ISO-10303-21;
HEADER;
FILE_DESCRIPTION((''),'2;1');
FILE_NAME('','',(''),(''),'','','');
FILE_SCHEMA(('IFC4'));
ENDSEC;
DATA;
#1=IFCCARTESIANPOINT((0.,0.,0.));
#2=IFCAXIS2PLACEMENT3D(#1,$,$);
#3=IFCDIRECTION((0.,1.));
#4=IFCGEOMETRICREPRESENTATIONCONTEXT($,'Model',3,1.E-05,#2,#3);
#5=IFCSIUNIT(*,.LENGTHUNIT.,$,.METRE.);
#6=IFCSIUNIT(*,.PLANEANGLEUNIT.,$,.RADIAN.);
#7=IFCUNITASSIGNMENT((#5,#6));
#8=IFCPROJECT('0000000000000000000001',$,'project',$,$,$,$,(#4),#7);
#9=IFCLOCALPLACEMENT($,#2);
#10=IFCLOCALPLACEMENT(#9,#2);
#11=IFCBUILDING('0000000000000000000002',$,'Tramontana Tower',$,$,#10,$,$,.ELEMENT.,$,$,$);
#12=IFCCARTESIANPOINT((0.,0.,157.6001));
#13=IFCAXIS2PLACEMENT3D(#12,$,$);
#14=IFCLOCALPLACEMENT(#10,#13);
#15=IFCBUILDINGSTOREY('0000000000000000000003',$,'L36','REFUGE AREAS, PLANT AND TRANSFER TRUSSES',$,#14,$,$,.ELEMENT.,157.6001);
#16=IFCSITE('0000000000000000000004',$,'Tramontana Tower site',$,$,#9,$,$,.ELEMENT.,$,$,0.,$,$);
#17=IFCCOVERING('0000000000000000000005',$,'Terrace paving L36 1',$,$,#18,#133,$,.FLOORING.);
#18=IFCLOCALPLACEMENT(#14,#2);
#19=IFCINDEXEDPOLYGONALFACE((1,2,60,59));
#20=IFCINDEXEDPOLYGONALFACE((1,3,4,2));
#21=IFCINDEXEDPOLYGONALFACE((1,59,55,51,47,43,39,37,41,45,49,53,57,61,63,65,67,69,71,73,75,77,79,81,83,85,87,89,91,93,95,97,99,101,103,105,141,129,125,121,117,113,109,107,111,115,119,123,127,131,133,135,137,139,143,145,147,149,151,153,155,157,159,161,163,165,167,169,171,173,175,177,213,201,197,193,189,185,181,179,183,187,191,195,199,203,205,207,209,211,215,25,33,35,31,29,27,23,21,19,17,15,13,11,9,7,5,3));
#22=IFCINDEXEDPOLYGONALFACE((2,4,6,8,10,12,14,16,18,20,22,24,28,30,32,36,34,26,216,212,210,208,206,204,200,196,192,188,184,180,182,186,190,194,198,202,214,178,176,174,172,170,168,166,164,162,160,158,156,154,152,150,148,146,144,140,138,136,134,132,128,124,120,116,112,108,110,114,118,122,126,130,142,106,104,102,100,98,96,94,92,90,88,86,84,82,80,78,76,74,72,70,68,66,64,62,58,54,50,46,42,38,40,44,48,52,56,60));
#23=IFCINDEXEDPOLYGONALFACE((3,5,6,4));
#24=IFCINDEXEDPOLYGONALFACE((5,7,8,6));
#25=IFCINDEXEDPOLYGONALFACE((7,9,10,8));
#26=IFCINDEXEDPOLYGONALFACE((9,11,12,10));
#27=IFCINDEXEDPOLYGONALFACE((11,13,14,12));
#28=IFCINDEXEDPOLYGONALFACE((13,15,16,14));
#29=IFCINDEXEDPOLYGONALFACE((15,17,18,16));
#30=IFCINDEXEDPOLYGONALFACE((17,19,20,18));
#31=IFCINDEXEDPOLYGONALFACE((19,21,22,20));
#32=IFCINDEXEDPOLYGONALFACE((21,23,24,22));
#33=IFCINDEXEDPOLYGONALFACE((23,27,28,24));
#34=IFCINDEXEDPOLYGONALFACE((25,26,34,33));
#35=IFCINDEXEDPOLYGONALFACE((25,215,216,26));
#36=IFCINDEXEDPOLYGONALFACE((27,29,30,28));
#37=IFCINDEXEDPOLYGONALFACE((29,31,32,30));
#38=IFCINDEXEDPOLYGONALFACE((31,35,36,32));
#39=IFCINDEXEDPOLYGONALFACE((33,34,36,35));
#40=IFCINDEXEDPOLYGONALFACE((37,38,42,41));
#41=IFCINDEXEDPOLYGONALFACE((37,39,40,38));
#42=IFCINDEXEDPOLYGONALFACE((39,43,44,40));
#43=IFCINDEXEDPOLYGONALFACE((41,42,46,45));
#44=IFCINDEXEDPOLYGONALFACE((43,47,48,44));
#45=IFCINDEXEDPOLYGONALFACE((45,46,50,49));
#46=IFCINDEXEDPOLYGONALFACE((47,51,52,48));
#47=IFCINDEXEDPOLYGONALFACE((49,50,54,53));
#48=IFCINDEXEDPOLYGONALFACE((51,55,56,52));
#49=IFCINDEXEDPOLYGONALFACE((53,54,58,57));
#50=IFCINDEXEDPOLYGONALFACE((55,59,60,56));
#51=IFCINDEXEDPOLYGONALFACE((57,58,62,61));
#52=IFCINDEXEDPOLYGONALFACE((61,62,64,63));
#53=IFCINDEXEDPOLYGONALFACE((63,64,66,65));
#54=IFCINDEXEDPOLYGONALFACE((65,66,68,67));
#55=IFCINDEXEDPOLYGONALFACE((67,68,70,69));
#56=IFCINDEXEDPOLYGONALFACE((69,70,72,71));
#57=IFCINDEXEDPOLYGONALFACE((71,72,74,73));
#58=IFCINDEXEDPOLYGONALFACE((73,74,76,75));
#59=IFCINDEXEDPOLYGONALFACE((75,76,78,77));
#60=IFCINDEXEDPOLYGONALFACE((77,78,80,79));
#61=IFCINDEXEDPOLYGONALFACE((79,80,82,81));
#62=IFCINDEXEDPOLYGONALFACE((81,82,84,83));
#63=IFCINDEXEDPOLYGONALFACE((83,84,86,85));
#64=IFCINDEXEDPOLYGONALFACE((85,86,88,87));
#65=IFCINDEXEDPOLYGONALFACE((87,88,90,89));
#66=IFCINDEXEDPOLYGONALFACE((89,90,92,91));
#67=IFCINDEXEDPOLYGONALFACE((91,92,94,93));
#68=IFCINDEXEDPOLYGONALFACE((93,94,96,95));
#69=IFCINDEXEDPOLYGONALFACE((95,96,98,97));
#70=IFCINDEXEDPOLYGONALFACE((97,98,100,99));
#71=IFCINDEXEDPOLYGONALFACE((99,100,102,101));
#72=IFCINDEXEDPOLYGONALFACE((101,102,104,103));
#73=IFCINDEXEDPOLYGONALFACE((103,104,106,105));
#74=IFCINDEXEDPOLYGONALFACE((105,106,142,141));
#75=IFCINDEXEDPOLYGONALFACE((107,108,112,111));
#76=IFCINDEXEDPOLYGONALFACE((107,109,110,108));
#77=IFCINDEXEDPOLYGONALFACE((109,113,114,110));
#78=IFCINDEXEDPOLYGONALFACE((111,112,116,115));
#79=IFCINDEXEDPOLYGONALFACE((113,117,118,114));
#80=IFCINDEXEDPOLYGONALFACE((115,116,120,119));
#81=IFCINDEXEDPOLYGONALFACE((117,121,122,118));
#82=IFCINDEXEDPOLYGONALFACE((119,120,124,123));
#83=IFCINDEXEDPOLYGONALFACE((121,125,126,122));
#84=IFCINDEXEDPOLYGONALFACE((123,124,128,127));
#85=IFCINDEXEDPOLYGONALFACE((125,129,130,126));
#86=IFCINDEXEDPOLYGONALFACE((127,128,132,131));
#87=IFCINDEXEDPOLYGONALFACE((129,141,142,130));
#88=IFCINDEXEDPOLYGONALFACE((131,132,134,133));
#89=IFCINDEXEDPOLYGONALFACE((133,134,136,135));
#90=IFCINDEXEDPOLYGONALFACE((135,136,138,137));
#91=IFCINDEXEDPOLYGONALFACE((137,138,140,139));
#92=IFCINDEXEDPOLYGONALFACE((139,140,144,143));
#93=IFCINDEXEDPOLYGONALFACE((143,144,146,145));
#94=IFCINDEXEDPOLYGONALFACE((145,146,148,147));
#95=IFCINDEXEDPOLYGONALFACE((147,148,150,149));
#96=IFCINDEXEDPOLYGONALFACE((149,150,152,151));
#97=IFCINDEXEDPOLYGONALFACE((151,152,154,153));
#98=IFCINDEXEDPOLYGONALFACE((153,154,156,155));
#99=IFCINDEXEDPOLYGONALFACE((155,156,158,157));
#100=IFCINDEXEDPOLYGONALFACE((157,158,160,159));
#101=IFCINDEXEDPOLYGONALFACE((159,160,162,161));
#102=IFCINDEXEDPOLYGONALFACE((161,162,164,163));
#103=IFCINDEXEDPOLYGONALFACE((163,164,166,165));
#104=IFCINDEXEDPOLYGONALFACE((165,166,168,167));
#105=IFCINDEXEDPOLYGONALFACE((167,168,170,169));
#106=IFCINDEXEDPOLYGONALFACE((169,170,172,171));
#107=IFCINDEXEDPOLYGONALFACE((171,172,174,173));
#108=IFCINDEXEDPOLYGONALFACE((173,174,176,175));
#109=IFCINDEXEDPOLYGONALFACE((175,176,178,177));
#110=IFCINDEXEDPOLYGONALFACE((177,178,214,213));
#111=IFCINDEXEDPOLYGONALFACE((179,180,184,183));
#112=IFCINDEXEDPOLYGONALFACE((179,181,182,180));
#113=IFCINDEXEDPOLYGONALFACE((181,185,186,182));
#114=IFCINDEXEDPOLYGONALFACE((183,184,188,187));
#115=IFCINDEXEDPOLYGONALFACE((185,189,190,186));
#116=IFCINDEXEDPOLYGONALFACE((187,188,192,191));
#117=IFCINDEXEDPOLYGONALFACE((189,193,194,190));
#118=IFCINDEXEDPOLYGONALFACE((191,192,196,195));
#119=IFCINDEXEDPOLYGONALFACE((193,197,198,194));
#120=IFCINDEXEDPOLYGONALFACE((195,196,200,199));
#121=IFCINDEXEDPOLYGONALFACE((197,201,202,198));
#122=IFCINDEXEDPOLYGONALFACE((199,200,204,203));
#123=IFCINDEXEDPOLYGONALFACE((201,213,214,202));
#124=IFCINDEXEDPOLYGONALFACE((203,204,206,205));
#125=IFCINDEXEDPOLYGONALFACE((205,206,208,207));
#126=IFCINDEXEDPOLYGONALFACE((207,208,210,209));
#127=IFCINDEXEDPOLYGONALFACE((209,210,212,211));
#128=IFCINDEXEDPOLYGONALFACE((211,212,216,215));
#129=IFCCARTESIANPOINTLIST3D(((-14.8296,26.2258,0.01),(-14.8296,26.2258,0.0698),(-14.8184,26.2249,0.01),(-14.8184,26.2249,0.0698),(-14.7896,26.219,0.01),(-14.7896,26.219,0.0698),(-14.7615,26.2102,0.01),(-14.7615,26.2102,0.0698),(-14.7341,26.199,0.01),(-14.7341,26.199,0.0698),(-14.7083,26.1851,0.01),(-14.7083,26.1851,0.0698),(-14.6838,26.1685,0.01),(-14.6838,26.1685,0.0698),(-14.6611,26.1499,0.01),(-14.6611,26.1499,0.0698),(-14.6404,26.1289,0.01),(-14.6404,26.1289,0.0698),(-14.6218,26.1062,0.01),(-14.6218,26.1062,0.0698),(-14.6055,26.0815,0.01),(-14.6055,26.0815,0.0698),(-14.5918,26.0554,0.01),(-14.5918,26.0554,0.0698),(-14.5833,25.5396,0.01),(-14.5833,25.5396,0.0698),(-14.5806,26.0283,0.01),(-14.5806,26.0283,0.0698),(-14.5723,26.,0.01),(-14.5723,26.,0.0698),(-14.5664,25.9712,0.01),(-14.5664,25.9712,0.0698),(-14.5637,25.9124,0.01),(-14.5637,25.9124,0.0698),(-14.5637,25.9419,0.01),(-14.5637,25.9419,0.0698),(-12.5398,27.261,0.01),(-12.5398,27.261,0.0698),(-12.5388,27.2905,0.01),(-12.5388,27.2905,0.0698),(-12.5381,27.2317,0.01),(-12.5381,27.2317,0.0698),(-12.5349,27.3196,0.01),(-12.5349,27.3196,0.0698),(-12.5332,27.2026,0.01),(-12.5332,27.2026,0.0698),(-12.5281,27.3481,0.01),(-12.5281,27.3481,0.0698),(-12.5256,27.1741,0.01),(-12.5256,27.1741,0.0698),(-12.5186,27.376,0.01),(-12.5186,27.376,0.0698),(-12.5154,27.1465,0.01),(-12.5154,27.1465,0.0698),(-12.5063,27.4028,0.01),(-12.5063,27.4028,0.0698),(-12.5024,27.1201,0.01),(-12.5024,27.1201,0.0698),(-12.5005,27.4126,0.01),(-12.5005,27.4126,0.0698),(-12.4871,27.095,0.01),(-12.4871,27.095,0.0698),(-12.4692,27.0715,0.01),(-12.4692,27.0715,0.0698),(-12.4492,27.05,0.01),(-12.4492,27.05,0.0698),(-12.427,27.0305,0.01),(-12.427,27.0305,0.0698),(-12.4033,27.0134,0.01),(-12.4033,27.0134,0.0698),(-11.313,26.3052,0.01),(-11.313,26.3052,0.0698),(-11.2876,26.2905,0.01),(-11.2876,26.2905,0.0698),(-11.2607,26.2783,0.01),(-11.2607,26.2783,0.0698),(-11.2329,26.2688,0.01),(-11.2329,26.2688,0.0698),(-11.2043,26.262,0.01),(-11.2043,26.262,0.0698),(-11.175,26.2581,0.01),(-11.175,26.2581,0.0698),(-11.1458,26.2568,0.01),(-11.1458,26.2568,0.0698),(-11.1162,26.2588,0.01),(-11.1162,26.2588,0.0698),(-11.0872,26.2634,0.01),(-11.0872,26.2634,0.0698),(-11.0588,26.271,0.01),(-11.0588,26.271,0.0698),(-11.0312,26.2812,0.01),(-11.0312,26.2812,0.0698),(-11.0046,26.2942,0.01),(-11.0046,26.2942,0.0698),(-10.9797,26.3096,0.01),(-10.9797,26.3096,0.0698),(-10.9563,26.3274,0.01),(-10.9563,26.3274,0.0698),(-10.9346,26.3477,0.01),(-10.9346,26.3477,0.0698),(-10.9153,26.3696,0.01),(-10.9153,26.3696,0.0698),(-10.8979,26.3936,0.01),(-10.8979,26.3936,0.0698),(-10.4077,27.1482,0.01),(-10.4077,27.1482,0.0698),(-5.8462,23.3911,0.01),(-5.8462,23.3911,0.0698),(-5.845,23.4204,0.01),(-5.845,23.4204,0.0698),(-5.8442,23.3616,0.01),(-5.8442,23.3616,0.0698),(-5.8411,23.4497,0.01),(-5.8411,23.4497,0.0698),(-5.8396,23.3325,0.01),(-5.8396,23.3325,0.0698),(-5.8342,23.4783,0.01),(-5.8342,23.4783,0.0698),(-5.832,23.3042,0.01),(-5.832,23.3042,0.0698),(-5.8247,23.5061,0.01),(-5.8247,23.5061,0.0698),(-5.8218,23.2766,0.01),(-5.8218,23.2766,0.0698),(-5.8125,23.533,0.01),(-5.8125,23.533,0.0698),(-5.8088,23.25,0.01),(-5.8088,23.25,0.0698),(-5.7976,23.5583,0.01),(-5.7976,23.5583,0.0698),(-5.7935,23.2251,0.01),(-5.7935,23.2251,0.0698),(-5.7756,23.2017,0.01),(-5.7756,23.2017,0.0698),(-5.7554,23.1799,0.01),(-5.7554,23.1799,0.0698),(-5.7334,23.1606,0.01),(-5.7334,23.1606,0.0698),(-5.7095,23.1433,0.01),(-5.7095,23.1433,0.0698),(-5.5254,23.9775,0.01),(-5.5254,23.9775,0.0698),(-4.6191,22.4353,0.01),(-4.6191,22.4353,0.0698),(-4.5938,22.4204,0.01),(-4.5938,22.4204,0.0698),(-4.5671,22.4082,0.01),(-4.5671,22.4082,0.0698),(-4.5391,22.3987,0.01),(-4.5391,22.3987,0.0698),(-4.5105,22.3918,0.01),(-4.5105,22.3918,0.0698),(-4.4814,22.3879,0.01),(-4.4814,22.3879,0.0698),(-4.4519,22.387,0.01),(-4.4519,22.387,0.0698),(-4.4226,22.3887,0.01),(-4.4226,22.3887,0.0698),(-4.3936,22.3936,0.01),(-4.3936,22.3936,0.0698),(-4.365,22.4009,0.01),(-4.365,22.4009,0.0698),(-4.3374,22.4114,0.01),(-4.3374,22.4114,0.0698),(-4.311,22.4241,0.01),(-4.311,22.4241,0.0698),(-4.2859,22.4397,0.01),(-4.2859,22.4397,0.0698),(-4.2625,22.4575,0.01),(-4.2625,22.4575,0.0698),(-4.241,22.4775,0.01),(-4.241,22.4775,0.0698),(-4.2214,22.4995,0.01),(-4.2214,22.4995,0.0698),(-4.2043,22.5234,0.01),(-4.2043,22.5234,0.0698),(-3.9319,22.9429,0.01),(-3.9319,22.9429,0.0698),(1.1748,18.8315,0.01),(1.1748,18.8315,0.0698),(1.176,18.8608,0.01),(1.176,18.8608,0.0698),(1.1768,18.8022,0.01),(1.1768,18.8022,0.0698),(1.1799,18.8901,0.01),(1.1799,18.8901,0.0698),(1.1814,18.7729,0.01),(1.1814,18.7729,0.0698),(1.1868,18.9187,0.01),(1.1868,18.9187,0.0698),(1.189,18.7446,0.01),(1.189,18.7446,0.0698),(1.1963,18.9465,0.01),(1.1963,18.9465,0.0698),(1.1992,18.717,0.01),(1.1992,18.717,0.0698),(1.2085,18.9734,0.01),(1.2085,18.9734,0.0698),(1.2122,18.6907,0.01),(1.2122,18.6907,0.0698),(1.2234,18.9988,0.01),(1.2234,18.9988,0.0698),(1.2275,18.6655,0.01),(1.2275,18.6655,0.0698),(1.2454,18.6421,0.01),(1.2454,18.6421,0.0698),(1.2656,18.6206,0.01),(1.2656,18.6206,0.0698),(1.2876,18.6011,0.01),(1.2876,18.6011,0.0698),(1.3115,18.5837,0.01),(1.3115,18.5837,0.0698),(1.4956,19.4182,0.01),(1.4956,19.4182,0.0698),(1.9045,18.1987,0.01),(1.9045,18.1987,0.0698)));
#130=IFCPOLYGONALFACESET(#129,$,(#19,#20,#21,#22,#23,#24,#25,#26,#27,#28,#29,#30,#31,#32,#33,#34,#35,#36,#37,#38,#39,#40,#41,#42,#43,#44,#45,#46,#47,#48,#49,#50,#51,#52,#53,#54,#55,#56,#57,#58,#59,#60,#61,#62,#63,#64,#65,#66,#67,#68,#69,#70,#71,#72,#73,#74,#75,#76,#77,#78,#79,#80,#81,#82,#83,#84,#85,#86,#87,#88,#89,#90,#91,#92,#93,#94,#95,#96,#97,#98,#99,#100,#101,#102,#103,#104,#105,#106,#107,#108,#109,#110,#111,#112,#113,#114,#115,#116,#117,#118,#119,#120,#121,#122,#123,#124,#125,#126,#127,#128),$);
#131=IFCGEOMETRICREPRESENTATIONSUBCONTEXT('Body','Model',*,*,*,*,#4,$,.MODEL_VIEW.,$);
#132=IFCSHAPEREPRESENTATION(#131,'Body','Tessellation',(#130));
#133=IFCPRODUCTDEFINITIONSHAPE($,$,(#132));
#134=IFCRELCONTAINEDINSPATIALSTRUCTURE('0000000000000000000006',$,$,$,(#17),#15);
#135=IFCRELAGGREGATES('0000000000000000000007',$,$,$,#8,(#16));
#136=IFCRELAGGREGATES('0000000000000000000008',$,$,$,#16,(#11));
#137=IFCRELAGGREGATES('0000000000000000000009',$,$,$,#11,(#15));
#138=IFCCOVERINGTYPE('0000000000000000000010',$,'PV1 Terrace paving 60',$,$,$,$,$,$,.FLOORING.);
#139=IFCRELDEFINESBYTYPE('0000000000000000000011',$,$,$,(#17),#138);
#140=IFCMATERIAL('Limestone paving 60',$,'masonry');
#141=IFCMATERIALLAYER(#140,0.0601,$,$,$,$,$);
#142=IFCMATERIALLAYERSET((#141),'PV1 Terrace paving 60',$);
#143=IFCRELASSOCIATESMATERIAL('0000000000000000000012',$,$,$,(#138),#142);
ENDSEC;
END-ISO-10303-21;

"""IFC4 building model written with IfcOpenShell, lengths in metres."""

from ifc_helpers import new_model, si_unit, direction, frame, origin, place, context, subcontext, project, spatial, polyline, outline, extrude, material, layer, layer_set, type_object, element, save


model = new_model("IFC4")

# Units and contexts
model_context = context("Model", 3, precision=1e-05, world=origin(), true_north=direction((0.0, 1.0)))
body_context = subcontext(model_context, "Body", "Model", "MODEL_VIEW")
ifc_project = project(units=[si_unit("LENGTHUNIT", "METRE"), si_unit("PLANEANGLEUNIT", "RADIAN")], contexts=[model_context])

# Site, building, storey
site_placement = place(None, origin())
site = spatial("IfcSite", under=ifc_project, at=site_placement, Name="Tramontana Tower site", CompositionType="ELEMENT", RefElevation=0.0)
building_placement = place(site_placement, origin())
building = spatial("IfcBuilding", under=site, at=building_placement, Name="Tramontana Tower", CompositionType="ELEMENT")
storey_placement = place(building_placement, frame((0.0, 0.0, 157.6001)))
storey = spatial("IfcBuildingStorey", under=building, at=storey_placement, Name="L36", Description="REFUGE AREAS, PLANT AND TRANSFER TRUSSES", CompositionType="ELEMENT", Elevation=157.6001)

# Covering
ifc_material_1 = material(Name="Limestone paving 60", Category="masonry")
ifc_layer_1 = layer(ifc_material_1, 0.0601)
ifc_layer_set_1 = layer_set([ifc_layer_1], Name="PV1 Terrace paving 60")
covering_type_1 = type_object("IfcCoveringType", Name="PV1 Terrace paving 60", PredefinedType="FLOORING", material=ifc_layer_set_1)
covering_1_placement = place(storey_placement, frame((0.0, 0.0, 0.01)))
element("IfcCovering", 1, at=covering_1_placement, inside=storey, type_object=covering_type_1, Name="Terrace paving L36 1", PredefinedType="FLOORING", context=body_context, shape_type="SweptSolid", body=[
    extrude(outline(polyline([(-12.5005, 27.4126), (-12.5063, 27.4028), (-12.5186, 27.376), (-12.5281, 27.3481), (-12.5349, 27.3196), (-12.5388, 27.2905), (-12.5398, 27.261), (-12.5381, 27.2317), (-12.5332, 27.2026), (-12.5256, 27.1741), (-12.5154, 27.1465), (-12.5024, 27.1201), (-12.4871, 27.095), (-12.4692, 27.0715), (-12.4492, 27.05), (-12.427, 27.0305), (-12.4033, 27.0134), (-11.313, 26.3052), (-11.2876, 26.2905), (-11.2607, 26.2783), (-11.2329, 26.2688), (-11.2043, 26.262), (-11.175, 26.2581), (-11.1458, 26.2568), (-11.1162, 26.2588), (-11.0872, 26.2634), (-11.0588, 26.271), (-11.0312, 26.2812), (-11.0046, 26.2942), (-10.9797, 26.3096), (-10.9563, 26.3274), (-10.9346, 26.3477), (-10.9153, 26.3696), (-10.8979, 26.3936), (-10.4077, 27.1482), (-5.5254, 23.9775), (-5.7976, 23.5583), (-5.8125, 23.533), (-5.8247, 23.5061), (-5.8342, 23.4783), (-5.8411, 23.4497), (-5.845, 23.4204), (-5.8462, 23.3911), (-5.8442, 23.3616), (-5.8396, 23.3325), (-5.832, 23.3042), (-5.8218, 23.2766), (-5.8088, 23.25), (-5.7935, 23.2251), (-5.7756, 23.2017), (-5.7554, 23.1799), (-5.7334, 23.1606), (-5.7095, 23.1433), (-4.6191, 22.4353), (-4.5938, 22.4204), (-4.5671, 22.4082), (-4.5391, 22.3987), (-4.5105, 22.3918), (-4.4814, 22.3879), (-4.4519, 22.387), (-4.4226, 22.3887), (-4.3936, 22.3936), (-4.365, 22.4009), (-4.3374, 22.4114), (-4.311, 22.4241), (-4.2859, 22.4397), (-4.2625, 22.4575), (-4.241, 22.4775), (-4.2214, 22.4995), (-4.2043, 22.5234), (-3.9319, 22.9429), (1.4956, 19.4182), (1.2234, 18.9988), (1.2085, 18.9734), (1.1963, 18.9465), (1.1868, 18.9187), (1.1799, 18.8901), (1.176, 18.8608), (1.1748, 18.8315), (1.1768, 18.8022), (1.1814, 18.7729), (1.189, 18.7446), (1.1992, 18.717), (1.2122, 18.6907), (1.2275, 18.6655), (1.2454, 18.6421), (1.2656, 18.6206), (1.2876, 18.6011), (1.3115, 18.5837), (1.9045, 18.1987), (-14.5833, 25.5396), (-14.5637, 25.9124), (-14.5637, 25.9419), (-14.5664, 25.9712), (-14.5723, 26.0), (-14.5806, 26.0283), (-14.5918, 26.0554), (-14.6055, 26.0815), (-14.6218, 26.1062), (-14.6404, 26.1289), (-14.6611, 26.1499), (-14.6838, 26.1685), (-14.7083, 26.1851), (-14.7341, 26.199), (-14.7615, 26.2102), (-14.7896, 26.219), (-14.8184, 26.2249), (-14.8296, 26.2258), (-12.5005, 27.4126)])), origin(), (0.0, 0.0, 1.0), 0.0598),
])

save(model, "model.ifc")
